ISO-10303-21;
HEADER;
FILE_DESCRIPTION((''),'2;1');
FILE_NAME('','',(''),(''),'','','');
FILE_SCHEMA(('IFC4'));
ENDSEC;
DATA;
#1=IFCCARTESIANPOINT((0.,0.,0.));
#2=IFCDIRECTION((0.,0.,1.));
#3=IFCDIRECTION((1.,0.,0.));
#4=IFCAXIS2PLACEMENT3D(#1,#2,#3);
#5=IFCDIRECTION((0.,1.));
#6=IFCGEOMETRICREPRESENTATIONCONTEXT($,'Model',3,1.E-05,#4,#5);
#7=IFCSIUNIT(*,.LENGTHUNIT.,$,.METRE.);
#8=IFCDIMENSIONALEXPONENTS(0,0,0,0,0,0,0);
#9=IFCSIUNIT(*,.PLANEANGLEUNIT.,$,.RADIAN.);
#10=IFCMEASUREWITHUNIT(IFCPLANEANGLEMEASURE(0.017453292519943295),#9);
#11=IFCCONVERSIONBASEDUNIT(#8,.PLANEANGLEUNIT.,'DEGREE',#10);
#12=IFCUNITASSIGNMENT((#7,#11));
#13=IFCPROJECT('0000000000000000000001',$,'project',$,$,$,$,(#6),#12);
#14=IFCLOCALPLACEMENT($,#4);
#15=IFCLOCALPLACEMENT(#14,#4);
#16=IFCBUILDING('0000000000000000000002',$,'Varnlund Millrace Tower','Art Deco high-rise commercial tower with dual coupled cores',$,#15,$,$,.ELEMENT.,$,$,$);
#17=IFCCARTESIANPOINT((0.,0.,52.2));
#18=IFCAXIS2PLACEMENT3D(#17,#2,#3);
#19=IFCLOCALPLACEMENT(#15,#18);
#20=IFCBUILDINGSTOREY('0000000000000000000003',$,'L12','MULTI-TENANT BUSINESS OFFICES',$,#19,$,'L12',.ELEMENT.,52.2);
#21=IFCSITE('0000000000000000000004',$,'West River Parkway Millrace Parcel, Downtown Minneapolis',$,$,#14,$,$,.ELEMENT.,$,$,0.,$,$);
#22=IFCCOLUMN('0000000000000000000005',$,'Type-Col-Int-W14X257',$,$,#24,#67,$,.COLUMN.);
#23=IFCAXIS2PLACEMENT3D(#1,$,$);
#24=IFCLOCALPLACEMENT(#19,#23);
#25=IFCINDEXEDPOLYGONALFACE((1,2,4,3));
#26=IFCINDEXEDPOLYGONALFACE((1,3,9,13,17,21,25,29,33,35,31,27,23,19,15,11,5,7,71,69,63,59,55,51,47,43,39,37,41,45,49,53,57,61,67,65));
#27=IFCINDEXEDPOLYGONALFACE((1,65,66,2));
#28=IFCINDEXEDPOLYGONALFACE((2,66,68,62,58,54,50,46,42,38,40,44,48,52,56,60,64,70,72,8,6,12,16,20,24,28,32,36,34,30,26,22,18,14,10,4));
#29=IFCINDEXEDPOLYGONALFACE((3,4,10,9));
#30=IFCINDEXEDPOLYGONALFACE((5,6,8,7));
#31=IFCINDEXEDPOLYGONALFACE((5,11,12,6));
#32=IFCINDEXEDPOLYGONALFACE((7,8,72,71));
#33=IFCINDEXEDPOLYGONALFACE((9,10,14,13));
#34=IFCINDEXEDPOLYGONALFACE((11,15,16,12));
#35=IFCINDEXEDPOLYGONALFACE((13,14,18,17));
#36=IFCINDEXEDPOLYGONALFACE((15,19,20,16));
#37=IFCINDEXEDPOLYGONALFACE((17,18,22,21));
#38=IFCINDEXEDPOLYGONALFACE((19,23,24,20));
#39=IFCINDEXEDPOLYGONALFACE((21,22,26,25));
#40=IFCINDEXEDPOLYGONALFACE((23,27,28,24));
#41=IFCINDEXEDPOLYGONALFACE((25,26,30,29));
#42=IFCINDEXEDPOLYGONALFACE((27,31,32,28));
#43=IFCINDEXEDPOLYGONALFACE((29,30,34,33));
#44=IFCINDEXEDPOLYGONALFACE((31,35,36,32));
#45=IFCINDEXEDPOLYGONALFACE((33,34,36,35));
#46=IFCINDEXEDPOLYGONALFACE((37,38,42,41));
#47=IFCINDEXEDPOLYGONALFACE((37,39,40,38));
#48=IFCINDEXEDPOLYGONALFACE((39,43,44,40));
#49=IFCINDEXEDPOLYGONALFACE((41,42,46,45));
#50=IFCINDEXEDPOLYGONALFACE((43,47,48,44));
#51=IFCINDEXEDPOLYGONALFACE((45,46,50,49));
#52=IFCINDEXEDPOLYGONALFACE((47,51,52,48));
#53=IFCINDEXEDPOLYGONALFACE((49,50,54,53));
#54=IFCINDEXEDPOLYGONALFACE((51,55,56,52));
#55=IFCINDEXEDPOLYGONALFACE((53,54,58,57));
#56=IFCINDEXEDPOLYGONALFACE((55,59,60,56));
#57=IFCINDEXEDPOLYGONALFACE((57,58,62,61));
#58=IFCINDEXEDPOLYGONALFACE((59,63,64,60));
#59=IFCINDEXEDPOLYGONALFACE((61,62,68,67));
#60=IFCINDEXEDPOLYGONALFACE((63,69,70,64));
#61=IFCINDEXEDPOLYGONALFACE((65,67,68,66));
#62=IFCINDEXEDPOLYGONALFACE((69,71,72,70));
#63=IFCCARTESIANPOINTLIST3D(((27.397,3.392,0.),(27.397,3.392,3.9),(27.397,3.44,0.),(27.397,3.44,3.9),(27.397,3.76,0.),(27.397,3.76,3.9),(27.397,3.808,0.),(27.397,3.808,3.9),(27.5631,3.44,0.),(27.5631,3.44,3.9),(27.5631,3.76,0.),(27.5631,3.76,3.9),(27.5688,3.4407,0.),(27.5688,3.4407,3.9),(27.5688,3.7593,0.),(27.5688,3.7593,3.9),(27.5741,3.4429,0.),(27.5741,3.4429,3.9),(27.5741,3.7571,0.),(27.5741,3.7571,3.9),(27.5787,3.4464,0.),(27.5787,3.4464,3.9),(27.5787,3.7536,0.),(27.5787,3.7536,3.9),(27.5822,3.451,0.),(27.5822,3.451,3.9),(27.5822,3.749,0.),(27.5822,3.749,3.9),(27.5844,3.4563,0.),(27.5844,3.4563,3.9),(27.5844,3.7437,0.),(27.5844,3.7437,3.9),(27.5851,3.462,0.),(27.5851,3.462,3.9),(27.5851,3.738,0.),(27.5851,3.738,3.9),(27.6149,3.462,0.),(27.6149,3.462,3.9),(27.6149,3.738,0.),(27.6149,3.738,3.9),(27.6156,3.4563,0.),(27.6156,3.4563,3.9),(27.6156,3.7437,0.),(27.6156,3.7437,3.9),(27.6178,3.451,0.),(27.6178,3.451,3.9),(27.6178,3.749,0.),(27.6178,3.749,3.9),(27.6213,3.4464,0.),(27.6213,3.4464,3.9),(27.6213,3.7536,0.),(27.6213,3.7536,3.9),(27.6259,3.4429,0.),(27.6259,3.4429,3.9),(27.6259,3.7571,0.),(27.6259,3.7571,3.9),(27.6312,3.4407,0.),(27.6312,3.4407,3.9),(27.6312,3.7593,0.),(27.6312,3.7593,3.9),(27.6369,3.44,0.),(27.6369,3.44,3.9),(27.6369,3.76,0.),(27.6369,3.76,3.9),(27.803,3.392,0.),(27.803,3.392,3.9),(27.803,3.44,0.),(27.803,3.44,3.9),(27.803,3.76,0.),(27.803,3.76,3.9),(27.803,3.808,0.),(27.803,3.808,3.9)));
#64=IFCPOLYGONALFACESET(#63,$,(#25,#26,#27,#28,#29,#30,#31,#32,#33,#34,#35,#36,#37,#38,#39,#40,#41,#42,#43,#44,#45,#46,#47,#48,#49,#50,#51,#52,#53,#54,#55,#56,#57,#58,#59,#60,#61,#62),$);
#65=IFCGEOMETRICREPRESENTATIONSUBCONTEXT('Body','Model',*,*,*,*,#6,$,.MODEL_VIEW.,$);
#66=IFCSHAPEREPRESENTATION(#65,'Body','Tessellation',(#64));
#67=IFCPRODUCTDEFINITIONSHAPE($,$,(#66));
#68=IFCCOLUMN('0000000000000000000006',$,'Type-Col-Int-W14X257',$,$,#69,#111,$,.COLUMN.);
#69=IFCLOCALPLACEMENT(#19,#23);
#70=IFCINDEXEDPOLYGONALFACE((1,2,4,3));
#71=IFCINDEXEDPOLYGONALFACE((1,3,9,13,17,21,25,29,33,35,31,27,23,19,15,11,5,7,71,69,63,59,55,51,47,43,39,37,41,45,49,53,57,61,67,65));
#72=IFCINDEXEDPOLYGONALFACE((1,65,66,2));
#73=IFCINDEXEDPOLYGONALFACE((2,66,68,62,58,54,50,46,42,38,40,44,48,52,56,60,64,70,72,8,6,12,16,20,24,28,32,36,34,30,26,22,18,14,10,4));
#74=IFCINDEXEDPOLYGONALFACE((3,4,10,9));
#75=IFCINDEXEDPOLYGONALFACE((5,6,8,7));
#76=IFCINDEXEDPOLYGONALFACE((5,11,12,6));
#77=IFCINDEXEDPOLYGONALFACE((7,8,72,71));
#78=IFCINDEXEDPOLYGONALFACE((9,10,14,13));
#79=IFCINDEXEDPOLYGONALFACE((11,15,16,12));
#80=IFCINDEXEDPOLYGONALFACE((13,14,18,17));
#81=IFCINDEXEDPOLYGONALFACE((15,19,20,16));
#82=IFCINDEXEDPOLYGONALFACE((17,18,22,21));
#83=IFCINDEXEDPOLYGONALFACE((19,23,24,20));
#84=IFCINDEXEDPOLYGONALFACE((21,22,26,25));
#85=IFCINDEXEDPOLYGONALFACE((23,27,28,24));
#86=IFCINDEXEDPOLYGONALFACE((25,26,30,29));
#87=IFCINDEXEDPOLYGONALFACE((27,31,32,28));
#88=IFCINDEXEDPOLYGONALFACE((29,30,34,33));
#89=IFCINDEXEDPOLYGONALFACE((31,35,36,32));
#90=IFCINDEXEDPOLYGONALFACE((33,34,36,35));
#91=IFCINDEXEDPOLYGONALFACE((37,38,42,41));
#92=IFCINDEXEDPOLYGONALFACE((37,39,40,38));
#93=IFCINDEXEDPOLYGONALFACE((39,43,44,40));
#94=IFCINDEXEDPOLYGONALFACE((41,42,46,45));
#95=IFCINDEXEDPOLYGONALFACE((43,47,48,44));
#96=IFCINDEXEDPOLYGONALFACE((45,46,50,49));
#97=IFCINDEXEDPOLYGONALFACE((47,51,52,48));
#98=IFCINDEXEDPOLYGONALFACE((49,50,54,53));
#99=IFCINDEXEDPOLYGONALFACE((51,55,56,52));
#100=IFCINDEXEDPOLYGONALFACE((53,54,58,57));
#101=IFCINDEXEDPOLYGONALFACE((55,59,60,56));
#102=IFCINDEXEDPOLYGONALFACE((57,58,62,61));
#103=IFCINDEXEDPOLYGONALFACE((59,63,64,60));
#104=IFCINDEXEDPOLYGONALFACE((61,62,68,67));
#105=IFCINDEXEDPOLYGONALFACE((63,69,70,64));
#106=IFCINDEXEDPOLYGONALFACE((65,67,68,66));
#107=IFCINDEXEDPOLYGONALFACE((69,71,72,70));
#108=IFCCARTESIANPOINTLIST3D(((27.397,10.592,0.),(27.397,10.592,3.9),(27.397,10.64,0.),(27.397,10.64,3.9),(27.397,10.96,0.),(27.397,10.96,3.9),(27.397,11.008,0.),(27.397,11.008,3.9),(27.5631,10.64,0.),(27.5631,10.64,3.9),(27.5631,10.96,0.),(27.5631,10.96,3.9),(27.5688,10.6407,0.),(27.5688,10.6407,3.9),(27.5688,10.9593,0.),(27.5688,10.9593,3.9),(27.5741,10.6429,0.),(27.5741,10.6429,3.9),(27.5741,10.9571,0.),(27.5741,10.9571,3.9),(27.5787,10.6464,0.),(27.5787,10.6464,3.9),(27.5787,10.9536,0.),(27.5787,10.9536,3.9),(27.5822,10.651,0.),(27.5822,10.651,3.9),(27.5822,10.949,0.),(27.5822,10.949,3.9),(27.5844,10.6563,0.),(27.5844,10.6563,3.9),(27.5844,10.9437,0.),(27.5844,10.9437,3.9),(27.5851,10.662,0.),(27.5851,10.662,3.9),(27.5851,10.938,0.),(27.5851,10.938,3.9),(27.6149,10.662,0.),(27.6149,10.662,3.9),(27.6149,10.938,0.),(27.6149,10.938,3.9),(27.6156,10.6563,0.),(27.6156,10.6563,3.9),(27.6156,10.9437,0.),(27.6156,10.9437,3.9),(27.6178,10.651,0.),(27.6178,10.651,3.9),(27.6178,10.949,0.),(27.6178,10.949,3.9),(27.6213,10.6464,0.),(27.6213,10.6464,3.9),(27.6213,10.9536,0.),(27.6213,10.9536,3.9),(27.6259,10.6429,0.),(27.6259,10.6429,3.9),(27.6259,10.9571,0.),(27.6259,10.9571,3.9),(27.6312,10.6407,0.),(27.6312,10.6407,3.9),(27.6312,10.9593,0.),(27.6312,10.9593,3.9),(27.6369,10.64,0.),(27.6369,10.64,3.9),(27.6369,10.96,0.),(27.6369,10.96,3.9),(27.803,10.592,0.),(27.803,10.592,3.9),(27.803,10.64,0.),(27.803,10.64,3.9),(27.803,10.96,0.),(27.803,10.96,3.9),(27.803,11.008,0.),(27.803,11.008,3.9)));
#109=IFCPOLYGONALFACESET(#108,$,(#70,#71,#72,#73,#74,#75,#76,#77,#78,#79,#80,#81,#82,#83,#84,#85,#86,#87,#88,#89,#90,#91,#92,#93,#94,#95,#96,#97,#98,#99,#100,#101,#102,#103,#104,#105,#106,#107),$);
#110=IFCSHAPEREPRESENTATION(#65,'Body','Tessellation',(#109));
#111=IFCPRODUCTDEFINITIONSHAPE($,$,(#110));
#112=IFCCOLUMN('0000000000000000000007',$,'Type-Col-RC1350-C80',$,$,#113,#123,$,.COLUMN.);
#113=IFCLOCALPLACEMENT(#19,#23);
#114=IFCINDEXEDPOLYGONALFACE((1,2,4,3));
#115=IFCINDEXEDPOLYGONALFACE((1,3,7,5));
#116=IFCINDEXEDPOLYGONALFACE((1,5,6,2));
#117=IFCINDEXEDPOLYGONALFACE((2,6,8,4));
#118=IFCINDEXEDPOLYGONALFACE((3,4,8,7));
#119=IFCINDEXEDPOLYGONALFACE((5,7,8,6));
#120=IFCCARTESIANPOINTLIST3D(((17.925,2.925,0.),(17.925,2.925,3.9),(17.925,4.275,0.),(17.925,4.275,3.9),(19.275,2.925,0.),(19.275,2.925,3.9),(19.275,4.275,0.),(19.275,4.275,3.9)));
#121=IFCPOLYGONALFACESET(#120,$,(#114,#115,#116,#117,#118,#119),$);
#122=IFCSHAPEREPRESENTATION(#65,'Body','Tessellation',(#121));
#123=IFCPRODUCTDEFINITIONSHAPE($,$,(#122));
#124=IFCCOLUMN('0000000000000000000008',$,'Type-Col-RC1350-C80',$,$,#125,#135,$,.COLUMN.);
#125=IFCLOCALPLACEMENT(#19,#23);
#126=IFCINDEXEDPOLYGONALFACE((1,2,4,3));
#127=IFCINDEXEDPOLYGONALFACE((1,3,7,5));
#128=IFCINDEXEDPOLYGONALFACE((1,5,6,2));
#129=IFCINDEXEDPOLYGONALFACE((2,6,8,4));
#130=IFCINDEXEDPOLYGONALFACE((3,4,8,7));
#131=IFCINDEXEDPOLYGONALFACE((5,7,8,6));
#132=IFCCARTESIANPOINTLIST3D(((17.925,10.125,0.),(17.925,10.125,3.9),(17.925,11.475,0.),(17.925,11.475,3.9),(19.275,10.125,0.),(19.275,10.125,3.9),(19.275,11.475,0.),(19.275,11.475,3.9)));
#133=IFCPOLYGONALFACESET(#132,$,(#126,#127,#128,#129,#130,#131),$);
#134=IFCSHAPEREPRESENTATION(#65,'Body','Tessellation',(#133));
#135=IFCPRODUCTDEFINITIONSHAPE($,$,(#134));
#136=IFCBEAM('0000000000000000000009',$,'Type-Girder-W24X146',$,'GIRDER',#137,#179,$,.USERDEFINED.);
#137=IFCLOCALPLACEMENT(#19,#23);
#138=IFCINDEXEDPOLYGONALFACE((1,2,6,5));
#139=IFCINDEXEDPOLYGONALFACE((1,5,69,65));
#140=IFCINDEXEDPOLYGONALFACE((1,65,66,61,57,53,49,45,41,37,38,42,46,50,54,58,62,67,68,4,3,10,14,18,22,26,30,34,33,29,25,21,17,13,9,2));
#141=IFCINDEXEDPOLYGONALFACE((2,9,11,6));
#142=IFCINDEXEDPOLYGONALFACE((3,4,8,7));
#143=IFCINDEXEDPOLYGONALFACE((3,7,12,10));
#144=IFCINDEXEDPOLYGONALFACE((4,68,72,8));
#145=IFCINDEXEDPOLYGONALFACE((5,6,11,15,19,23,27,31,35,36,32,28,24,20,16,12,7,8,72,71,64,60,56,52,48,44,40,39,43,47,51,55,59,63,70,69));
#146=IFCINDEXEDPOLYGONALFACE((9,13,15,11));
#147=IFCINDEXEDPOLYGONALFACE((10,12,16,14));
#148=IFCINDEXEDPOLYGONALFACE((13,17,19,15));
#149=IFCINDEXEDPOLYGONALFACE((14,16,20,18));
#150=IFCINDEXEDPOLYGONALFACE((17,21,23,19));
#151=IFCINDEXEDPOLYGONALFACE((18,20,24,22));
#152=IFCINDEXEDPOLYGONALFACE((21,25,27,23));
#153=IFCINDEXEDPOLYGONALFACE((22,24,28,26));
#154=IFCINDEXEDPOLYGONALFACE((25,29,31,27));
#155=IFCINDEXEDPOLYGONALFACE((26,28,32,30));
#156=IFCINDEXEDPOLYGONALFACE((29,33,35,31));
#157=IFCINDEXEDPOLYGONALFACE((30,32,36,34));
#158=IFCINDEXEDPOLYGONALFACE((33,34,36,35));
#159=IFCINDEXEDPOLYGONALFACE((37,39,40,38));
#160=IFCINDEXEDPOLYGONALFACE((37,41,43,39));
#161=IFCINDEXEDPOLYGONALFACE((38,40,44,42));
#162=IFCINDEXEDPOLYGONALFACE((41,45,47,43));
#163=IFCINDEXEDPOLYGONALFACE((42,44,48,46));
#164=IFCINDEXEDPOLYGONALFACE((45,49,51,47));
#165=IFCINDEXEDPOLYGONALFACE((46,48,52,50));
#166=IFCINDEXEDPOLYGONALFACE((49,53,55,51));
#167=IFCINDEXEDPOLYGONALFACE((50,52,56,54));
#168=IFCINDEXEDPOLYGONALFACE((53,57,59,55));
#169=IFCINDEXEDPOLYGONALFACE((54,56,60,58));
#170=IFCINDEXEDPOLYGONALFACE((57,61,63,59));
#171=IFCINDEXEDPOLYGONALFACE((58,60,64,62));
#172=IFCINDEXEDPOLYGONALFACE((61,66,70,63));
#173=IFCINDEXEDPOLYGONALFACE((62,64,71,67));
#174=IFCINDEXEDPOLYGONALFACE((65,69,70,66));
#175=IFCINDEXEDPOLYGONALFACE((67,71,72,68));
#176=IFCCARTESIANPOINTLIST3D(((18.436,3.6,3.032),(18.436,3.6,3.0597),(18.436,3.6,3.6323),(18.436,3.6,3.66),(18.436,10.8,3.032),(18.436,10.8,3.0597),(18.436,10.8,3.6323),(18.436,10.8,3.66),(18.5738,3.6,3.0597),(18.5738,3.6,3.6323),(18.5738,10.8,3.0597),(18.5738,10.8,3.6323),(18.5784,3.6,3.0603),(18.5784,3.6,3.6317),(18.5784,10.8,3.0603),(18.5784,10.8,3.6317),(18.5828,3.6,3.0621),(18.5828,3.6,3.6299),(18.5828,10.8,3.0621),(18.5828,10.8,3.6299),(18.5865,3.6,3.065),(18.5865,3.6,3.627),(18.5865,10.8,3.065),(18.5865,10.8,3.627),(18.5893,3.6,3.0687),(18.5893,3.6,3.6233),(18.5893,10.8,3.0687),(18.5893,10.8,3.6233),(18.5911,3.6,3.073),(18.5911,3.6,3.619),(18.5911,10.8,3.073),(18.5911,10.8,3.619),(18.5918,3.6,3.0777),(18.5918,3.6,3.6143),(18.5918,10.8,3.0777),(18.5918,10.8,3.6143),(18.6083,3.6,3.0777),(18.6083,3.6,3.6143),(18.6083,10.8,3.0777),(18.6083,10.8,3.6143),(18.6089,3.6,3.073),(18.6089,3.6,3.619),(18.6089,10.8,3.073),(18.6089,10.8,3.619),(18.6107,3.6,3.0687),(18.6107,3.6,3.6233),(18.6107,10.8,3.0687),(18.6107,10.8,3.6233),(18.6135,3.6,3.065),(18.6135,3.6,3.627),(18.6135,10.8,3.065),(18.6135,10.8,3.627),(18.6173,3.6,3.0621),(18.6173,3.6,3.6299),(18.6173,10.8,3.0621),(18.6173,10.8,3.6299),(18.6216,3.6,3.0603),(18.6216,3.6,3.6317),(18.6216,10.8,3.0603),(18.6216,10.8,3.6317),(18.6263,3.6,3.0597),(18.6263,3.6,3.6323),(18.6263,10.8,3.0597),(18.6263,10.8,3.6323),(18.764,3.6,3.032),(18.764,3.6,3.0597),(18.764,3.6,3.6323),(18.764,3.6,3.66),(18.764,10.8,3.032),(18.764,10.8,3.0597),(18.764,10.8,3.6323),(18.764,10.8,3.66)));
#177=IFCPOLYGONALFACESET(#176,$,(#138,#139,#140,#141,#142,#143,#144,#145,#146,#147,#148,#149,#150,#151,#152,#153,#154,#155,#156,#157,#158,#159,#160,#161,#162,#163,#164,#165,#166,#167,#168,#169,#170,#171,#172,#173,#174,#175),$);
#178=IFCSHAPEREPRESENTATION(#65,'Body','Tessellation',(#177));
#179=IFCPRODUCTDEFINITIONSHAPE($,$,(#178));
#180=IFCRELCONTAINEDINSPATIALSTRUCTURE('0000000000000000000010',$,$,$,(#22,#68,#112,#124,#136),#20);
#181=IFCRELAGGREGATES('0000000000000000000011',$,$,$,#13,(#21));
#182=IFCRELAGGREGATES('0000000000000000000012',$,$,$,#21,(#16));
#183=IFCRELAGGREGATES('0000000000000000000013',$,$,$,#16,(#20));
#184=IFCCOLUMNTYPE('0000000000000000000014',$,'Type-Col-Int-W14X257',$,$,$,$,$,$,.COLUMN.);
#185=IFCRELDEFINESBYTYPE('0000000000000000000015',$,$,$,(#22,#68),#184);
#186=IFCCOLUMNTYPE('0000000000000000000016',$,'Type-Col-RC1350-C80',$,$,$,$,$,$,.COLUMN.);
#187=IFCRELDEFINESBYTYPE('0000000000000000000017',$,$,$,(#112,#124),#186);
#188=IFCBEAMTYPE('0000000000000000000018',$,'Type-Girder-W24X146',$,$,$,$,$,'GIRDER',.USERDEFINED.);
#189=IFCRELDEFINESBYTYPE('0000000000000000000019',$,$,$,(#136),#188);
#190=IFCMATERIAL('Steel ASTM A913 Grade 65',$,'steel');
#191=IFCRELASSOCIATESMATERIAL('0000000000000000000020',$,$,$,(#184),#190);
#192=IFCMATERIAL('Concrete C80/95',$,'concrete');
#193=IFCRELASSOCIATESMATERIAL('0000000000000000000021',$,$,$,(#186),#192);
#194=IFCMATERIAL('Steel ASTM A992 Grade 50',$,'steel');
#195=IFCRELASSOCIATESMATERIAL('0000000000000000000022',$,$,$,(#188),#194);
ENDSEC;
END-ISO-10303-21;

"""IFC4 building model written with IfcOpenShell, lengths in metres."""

from ifc_helpers import new_model, entity, si_unit, converted_unit, direction, frame, origin_with_axes, origin_2d_with_axis, place, context, subcontext, project, spatial, rectangle, i_section, extrude, material, material_profile, profile_set, type_object, element, save


model = new_model("IFC4")

# Units and contexts
model_context = context("Model", 3, precision=1e-05, world=origin_with_axes(), true_north=direction((0.0, 1.0)))
body_context = subcontext(model_context, "Body", "Model", "MODEL_VIEW")
ifc_project = project(units=[si_unit("LENGTHUNIT", "METRE"), converted_unit("PLANEANGLEUNIT", "DEGREE", entity("IfcPlaneAngleMeasure", 0.017453292519943295), si_unit("PLANEANGLEUNIT", "RADIAN"), dimensions=[0, 0, 0, 0, 0, 0, 0])], contexts=[model_context])

# Site, building, storey
site_placement = place(None, origin_with_axes())
site = spatial("IfcSite", under=ifc_project, at=site_placement, Name="West River Parkway Millrace Parcel, Downtown Minneapolis", CompositionType="ELEMENT", RefElevation=0.0)
building_placement = place(site_placement, origin_with_axes())
building = spatial("IfcBuilding", under=site, at=building_placement, Name="Varnlund Millrace Tower", Description="Art Deco high-rise commercial tower with dual coupled cores", CompositionType="ELEMENT")
storey_placement = place(building_placement, frame((0.0, 0.0, 52.2), z_axis=(0.0, 0.0, 1.0), x_axis=(1.0, 0.0, 0.0)))
storey = spatial("IfcBuildingStorey", under=building, at=storey_placement, Name="L12", Description="MULTI-TENANT BUSINESS OFFICES", LongName="L12", CompositionType="ELEMENT", Elevation=52.2)

# Columns
ifc_material_1 = material(Name="Steel ASTM A913 Grade 65", Category="steel")
ifc_material_profile_1 = material_profile(ifc_material_1, i_section(OverallWidth=0.406, OverallDepth=0.416, WebThickness=0.0298, FlangeThickness=0.048, FilletRadius=0.022, at=origin_2d_with_axis()), Name="Steel ASTM A913 Grade 65")
ifc_profile_set_1 = profile_set([ifc_material_profile_1], Name="Steel ASTM A913 Grade 65")
column_type_1 = type_object("IfcColumnType", Name="Type-Col-Int-W14X257", PredefinedType="COLUMN", material=ifc_profile_set_1)
for number, where, z_axis, x_axis, name in (
    (1, (27.6, 3.6, 0.0), (0.0, 0.0, 1.0), (1.0, 0.0, 0.0), "Type-Col-Int-W14X257"),
    (2, (27.6, 10.8, 0.0), (0.0, 0.0, 1.0), (1.0, 0.0, 0.0), "Type-Col-Int-W14X257"),
):
    element("IfcColumn", number, at=place(storey_placement, frame(where, z_axis=z_axis, x_axis=x_axis)), inside=storey, type_object=column_type_1, Name=name, PredefinedType="COLUMN", context=body_context, shape_type="SweptSolid", body=[
        extrude(i_section(OverallWidth=0.406, OverallDepth=0.416, WebThickness=0.0298, FlangeThickness=0.048, FilletRadius=0.022, at=origin_2d_with_axis()), origin_with_axes(), (0.0, 0.0, 1.0), 3.9),
    ])
ifc_material_2 = material(Name="Concrete C80/95", Category="concrete")
ifc_material_profile_2 = material_profile(ifc_material_2, rectangle(XDim=1.35, YDim=1.35, at=origin_2d_with_axis()), Name="Concrete C80/95")
ifc_profile_set_2 = profile_set([ifc_material_profile_2], Name="Concrete C80/95")
column_type_2 = type_object("IfcColumnType", Name="Type-Col-RC1350-C80", PredefinedType="COLUMN", material=ifc_profile_set_2)
for number, where, z_axis, x_axis, name in (
    (3, (18.6, 3.6, 0.0), (0.0, 0.0, 1.0), (1.0, 0.0, 0.0), "Type-Col-RC1350-C80"),
    (4, (18.6, 10.8, 0.0), (0.0, 0.0, 1.0), (1.0, 0.0, 0.0), "Type-Col-RC1350-C80"),
):
    element("IfcColumn", number, at=place(storey_placement, frame(where, z_axis=z_axis, x_axis=x_axis)), inside=storey, type_object=column_type_2, Name=name, PredefinedType="COLUMN", context=body_context, shape_type="SweptSolid", body=[
        extrude(rectangle(XDim=1.35, YDim=1.35, at=origin_2d_with_axis()), origin_with_axes(), (0.0, 0.0, 1.0), 3.9),
    ])

# Beam
ifc_material_3 = material(Name="Steel ASTM A992 Grade 50", Category="steel")
ifc_material_profile_3 = material_profile(ifc_material_3, i_section(OverallWidth=0.328, OverallDepth=0.628, WebThickness=0.0165, FlangeThickness=0.0277, FilletRadius=0.018, at=origin_2d_with_axis()), Name="Steel ASTM A992 Grade 50")
ifc_profile_set_3 = profile_set([ifc_material_profile_3], Name="Steel ASTM A992 Grade 50")
beam_type_1 = type_object("IfcBeamType", Name="Type-Girder-W24X146", ElementType="GIRDER", PredefinedType="USERDEFINED", material=ifc_profile_set_3)
beam_1_placement = place(storey_placement, frame((18.6, 3.6, 3.346), z_axis=(0.0, 1.0, 0.0), x_axis=(-1.0, 0.0, 0.0)))
element("IfcBeam", 5, at=beam_1_placement, inside=storey, type_object=beam_type_1, Name="Type-Girder-W24X146", ObjectType="GIRDER", PredefinedType="USERDEFINED", context=body_context, shape_type="SweptSolid", body=[
    extrude(i_section(OverallWidth=0.328, OverallDepth=0.628, WebThickness=0.0165, FlangeThickness=0.0277, FilletRadius=0.018, at=origin_2d_with_axis()), origin_with_axes(), (0.0, 0.0, 1.0), 7.2),
])

save(model, "model.ifc")
